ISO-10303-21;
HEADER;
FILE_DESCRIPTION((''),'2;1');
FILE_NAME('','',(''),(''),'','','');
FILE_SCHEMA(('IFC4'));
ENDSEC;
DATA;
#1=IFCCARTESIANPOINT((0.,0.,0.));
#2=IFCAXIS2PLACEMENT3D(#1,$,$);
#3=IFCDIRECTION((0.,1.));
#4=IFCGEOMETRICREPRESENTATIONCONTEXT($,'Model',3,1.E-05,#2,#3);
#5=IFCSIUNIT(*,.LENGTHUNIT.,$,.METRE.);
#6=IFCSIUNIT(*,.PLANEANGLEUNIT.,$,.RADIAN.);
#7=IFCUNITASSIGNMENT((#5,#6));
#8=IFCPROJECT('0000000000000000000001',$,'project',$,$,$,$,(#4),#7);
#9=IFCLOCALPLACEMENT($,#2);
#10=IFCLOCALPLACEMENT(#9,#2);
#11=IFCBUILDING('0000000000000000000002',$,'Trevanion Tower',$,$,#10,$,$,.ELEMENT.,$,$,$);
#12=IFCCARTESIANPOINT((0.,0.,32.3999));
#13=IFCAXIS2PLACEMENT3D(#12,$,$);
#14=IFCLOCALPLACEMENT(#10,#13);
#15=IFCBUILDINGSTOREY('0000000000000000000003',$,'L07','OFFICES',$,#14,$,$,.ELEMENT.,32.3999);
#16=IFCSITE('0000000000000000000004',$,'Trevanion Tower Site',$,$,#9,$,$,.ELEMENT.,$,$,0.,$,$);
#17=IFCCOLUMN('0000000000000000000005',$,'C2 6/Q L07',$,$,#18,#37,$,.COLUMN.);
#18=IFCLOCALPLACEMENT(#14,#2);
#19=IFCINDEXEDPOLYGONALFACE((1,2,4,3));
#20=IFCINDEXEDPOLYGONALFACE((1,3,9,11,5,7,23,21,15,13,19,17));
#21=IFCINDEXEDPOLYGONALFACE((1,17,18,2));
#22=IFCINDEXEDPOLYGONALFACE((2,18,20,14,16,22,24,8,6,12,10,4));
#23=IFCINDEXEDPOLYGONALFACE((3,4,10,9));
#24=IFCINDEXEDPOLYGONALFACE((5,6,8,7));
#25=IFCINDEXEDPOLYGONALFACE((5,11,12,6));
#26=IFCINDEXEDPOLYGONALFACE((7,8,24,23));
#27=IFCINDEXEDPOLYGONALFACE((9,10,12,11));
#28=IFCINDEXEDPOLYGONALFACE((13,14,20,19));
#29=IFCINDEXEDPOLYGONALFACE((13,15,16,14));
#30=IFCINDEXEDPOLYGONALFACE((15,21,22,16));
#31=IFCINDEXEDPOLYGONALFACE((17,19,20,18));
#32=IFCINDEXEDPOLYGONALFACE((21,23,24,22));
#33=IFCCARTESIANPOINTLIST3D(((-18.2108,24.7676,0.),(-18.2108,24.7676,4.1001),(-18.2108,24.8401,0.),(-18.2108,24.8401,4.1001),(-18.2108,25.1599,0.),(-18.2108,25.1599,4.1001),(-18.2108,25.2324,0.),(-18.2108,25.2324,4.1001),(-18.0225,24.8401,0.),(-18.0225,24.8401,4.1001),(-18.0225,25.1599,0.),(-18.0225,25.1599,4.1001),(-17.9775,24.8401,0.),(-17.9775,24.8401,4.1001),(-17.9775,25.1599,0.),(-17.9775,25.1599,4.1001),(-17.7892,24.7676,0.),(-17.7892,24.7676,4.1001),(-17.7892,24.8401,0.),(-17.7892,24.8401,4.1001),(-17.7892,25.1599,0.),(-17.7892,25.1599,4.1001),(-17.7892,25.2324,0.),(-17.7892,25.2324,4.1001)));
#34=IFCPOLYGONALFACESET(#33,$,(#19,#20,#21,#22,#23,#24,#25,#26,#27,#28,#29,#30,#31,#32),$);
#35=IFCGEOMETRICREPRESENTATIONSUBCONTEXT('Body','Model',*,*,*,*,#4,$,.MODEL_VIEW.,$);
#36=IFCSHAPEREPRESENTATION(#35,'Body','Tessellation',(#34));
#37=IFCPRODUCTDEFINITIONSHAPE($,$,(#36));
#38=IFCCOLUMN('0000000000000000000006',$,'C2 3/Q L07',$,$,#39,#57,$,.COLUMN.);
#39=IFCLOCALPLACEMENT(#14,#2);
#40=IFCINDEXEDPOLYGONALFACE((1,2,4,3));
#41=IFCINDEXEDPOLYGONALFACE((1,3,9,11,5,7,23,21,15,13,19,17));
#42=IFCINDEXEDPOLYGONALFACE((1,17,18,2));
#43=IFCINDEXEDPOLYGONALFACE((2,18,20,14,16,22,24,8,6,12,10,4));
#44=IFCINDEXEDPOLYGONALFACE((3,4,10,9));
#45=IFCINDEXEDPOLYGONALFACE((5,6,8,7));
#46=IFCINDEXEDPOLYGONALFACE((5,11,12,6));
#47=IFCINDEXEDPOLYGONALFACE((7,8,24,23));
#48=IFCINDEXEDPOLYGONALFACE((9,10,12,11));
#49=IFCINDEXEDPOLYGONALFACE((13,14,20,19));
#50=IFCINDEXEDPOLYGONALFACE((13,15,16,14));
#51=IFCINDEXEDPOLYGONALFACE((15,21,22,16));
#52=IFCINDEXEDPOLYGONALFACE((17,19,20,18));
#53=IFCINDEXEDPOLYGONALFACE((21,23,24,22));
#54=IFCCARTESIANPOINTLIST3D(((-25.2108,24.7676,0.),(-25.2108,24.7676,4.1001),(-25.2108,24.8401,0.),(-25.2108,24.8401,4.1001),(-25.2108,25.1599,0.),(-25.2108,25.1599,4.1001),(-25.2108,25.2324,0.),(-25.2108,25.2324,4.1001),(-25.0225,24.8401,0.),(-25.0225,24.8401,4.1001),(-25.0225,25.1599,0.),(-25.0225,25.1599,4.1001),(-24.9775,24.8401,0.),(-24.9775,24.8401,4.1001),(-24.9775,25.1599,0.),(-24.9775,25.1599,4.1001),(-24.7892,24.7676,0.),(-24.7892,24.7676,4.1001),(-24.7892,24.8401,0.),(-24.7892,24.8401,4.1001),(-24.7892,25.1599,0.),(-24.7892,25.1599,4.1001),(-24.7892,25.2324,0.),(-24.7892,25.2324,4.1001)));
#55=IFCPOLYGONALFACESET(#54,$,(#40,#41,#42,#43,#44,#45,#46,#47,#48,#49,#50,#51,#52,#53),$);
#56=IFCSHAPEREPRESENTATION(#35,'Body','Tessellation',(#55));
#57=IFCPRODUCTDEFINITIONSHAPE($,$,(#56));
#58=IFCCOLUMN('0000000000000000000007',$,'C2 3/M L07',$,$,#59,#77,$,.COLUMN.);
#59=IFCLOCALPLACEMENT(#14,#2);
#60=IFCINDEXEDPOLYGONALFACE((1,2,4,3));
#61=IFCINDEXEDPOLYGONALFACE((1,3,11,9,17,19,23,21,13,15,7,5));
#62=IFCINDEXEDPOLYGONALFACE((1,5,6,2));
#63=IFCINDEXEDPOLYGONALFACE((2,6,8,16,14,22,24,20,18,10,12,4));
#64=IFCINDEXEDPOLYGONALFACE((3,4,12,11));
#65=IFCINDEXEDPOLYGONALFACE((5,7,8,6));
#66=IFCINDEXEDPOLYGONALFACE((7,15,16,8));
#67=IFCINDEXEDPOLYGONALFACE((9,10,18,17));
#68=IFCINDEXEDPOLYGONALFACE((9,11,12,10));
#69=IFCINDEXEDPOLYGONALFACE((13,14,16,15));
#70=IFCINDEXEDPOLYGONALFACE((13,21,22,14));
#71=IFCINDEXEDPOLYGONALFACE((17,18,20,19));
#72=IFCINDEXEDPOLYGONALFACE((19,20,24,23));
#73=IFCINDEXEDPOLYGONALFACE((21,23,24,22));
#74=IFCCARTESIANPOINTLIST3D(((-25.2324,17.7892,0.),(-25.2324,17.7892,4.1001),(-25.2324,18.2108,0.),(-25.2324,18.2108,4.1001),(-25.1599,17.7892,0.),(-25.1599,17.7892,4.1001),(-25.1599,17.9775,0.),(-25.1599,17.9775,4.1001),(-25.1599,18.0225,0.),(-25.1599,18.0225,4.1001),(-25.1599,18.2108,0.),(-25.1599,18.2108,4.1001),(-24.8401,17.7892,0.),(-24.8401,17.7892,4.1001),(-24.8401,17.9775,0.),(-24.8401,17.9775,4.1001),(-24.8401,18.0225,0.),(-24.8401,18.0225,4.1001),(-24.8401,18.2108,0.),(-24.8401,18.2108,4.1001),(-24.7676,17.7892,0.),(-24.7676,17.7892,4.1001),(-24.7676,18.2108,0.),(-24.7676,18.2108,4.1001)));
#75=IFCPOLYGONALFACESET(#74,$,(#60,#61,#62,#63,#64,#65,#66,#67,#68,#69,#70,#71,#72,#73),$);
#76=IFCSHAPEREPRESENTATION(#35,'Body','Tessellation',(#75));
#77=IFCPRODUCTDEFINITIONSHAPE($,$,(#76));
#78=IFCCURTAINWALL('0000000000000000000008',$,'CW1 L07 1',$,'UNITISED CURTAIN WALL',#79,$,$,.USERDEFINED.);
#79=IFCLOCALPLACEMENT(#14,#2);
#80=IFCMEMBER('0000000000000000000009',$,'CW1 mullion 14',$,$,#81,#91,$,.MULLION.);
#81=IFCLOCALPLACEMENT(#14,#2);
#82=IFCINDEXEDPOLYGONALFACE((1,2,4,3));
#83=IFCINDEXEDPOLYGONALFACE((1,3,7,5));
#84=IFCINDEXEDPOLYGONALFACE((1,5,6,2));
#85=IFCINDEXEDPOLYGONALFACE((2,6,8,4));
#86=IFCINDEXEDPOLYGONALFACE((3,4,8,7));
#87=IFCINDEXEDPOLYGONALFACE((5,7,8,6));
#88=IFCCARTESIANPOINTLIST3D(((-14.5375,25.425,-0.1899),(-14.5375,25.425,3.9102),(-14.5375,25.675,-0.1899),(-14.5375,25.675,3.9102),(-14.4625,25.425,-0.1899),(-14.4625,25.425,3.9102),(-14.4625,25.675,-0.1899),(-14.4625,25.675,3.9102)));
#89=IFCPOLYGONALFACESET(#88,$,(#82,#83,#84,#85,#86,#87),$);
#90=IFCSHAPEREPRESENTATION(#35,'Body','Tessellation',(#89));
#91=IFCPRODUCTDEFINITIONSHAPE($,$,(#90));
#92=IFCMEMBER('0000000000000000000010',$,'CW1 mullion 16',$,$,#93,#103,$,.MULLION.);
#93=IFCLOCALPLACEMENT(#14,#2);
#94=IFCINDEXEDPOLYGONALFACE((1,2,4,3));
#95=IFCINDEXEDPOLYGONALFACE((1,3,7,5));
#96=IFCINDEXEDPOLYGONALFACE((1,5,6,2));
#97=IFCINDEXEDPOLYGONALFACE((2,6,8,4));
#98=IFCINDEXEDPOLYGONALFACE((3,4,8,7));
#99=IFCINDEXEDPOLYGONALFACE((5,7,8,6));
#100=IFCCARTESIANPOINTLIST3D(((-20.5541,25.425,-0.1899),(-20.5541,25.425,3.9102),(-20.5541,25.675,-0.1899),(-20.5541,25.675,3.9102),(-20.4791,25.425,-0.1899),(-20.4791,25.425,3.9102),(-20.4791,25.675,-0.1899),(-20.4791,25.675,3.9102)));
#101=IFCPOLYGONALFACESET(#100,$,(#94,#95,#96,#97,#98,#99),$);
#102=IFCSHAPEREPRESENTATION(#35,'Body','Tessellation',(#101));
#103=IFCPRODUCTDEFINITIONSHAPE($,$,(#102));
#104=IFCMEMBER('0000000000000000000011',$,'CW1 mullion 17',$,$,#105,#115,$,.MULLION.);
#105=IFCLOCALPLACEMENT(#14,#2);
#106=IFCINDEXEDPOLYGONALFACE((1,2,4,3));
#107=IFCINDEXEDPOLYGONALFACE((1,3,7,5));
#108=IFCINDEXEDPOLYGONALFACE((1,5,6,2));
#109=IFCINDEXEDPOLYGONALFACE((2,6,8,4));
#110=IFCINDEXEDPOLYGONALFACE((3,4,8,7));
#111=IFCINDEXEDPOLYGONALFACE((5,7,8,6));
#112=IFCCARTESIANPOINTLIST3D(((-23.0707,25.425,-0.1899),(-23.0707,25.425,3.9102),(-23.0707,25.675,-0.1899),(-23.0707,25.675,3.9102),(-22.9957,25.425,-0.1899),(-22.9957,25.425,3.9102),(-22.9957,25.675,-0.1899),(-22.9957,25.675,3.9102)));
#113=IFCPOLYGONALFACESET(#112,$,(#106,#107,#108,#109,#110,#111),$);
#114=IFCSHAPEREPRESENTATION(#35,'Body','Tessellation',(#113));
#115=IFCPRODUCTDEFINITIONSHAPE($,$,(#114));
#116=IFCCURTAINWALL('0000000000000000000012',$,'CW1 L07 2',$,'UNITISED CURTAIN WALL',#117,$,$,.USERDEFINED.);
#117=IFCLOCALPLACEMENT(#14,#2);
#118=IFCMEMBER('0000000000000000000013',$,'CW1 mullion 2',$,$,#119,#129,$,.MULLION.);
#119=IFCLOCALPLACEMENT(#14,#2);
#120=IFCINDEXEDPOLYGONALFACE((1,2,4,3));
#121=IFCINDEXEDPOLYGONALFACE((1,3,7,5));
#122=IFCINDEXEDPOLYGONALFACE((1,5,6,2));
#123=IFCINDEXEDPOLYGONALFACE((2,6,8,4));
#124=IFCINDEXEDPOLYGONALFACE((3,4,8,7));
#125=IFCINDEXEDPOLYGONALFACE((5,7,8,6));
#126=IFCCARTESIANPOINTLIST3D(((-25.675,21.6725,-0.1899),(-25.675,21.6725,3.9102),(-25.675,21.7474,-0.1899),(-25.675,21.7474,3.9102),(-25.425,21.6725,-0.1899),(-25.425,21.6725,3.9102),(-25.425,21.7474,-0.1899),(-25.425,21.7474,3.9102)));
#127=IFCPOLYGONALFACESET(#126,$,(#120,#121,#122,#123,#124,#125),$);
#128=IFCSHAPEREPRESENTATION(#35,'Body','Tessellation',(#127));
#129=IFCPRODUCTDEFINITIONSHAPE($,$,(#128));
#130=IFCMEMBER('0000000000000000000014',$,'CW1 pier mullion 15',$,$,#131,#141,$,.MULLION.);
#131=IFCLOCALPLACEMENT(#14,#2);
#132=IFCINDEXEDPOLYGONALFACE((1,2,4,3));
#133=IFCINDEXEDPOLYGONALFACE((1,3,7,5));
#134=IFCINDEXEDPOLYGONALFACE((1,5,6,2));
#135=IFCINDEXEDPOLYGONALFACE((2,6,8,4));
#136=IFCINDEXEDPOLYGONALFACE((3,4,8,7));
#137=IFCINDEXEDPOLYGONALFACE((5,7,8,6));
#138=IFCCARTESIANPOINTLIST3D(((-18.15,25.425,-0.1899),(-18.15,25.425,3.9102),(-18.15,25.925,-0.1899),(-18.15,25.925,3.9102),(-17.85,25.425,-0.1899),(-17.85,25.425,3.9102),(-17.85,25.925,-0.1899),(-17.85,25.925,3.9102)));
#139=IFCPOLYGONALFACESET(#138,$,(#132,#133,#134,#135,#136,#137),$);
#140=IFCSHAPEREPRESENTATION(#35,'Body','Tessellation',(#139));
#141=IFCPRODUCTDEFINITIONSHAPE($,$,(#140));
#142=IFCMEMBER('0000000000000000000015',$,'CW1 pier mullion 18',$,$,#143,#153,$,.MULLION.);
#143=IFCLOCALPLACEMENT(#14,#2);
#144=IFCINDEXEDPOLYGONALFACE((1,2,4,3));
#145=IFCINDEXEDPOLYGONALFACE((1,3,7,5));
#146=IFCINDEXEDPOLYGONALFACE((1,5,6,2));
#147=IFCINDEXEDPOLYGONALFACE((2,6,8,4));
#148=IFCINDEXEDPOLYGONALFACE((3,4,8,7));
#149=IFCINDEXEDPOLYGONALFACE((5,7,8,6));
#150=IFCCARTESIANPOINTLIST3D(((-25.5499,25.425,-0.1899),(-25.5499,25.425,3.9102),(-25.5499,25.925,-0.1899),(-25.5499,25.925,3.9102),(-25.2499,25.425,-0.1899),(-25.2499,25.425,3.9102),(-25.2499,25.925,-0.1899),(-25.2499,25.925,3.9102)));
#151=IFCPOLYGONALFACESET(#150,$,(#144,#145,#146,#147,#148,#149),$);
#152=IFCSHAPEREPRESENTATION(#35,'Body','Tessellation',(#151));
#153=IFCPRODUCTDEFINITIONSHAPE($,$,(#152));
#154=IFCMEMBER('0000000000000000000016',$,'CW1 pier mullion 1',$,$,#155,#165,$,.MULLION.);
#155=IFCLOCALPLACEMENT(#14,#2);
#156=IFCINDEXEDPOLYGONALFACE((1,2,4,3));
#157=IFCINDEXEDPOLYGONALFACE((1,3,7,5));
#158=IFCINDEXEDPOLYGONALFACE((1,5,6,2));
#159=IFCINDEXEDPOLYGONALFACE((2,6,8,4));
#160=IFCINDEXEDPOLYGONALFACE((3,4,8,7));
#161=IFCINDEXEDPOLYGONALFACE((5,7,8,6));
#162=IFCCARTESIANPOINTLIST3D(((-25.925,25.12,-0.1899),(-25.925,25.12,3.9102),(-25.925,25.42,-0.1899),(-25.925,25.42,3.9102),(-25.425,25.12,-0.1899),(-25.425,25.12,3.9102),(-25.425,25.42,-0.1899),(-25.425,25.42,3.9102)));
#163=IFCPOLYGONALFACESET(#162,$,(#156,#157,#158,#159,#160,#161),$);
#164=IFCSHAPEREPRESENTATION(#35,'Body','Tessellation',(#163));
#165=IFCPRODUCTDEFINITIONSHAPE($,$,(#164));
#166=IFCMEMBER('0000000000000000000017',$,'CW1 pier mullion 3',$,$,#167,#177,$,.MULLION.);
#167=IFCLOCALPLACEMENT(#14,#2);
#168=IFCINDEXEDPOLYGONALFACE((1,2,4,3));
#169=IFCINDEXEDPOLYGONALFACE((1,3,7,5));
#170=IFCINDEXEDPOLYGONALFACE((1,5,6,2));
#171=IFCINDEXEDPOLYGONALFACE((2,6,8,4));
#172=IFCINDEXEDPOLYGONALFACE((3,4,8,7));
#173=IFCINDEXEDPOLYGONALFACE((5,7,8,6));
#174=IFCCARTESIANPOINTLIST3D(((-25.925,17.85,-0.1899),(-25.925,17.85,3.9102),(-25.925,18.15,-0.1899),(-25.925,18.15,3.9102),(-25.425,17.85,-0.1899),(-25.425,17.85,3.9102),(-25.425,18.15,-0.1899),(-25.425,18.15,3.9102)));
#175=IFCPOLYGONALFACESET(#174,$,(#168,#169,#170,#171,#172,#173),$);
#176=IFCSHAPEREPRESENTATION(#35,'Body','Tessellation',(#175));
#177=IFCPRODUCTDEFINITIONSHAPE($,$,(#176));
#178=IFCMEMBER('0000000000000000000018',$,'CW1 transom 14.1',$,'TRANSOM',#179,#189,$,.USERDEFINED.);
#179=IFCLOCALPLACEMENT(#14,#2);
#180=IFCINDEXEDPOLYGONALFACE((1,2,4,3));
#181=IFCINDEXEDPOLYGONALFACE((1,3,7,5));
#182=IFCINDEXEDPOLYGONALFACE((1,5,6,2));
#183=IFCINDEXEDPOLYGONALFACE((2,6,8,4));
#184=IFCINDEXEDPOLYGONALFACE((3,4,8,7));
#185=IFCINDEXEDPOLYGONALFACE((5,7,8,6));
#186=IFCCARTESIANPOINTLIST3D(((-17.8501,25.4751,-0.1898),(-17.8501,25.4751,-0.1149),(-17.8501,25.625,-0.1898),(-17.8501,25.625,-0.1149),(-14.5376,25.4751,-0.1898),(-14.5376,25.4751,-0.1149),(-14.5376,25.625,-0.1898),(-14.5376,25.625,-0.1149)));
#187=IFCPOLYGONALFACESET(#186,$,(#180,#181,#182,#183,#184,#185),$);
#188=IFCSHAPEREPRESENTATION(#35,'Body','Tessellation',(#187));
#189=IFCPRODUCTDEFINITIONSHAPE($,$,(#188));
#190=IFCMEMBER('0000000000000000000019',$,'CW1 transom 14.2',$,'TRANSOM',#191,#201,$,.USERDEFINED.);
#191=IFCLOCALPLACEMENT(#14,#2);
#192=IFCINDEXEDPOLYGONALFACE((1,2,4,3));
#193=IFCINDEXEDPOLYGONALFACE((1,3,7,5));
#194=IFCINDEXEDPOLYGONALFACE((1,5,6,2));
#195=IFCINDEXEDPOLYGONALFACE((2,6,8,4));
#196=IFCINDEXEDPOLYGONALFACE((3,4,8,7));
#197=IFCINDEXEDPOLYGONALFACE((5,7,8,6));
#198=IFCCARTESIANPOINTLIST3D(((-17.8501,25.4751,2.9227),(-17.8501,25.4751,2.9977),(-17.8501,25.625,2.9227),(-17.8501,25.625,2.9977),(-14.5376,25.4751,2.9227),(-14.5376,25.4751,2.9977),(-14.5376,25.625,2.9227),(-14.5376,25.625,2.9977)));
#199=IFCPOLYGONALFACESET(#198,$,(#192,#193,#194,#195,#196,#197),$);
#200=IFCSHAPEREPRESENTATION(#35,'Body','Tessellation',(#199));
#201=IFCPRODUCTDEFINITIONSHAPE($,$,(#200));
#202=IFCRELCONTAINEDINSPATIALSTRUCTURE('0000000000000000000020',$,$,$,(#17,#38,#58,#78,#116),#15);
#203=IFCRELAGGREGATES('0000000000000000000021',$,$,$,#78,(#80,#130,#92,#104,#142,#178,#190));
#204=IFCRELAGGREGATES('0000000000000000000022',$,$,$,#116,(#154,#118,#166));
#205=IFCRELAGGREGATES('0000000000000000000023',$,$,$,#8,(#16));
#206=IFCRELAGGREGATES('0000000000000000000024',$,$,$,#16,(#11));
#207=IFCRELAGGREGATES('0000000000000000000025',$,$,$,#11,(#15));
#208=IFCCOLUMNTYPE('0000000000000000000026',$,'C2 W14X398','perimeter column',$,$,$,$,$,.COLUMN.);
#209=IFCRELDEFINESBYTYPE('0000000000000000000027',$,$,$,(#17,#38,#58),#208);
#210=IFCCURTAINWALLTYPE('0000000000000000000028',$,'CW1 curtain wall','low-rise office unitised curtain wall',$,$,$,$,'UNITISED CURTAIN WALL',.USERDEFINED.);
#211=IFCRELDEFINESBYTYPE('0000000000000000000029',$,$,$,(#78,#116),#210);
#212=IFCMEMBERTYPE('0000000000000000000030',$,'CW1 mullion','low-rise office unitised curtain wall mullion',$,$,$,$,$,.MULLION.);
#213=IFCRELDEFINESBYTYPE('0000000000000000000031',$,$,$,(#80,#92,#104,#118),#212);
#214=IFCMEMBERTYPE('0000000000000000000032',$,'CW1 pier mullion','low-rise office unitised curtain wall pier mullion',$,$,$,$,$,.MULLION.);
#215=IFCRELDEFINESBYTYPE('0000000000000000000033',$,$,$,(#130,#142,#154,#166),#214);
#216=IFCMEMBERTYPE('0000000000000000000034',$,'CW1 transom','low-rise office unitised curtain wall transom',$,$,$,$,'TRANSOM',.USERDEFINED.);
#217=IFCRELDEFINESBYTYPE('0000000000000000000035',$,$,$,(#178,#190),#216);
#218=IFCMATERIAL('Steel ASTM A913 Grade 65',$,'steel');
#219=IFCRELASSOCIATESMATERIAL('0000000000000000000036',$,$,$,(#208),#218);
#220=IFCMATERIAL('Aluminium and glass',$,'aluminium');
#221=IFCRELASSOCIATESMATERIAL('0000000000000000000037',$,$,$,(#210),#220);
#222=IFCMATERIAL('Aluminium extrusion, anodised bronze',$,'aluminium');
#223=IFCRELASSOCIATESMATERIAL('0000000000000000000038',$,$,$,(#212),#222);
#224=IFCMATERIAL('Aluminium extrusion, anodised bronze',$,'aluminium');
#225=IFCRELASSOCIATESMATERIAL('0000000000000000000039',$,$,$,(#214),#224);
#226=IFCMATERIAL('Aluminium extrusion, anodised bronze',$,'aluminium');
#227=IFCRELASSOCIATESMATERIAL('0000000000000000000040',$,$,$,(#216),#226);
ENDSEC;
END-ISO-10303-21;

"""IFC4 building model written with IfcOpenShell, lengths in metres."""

from ifc_helpers import new_model, si_unit, direction, frame, origin, origin_2d, place, context, subcontext, project, spatial, rectangle, i_section, extrude, material, material_profile, profile_set, type_object, element, aggregate, save


model = new_model("IFC4")

# Units and contexts
model_context = context("Model", 3, precision=1e-05, world=origin(), true_north=direction((0.0, 1.0)))
body_context = subcontext(model_context, "Body", "Model", "MODEL_VIEW")
ifc_project = project(units=[si_unit("LENGTHUNIT", "METRE"), si_unit("PLANEANGLEUNIT", "RADIAN")], contexts=[model_context])

# Site, building, storey
site_placement = place(None, origin())
site = spatial("IfcSite", under=ifc_project, at=site_placement, Name="Trevanion Tower Site", CompositionType="ELEMENT", RefElevation=0.0)
building_placement = place(site_placement, origin())
building = spatial("IfcBuilding", under=site, at=building_placement, Name="Trevanion Tower", CompositionType="ELEMENT")
storey_placement = place(building_placement, frame((0.0, 0.0, 32.3999)))
storey = spatial("IfcBuildingStorey", under=building, at=storey_placement, Name="L07", Description="OFFICES", CompositionType="ELEMENT", Elevation=32.3999)

# Columns
ifc_material_1 = material(Name="Steel ASTM A913 Grade 65", Category="steel")
ifc_material_profile_1 = material_profile(ifc_material_1, i_section(OverallWidth=0.4216, OverallDepth=0.4648, WebThickness=0.0449, FlangeThickness=0.0725, at=origin_2d()), Name="W14X398")
ifc_profile_set_1 = profile_set([ifc_material_profile_1], Name="Steel ASTM A913 Grade 65")
column_type = type_object("IfcColumnType", Name="C2 W14X398", Description="perimeter column", PredefinedType="COLUMN", material=ifc_profile_set_1)
for number, where, z_axis, x_axis, name in (
    (1, (-18.0, 25.0, 0.0), (0.0, 0.0, 1.0), (1.0, 0.0, 0.0), "C2 6/Q L07"),
    (2, (-25.0, 25.0, 0.0), (0.0, 0.0, 1.0), (1.0, 0.0, 0.0), "C2 3/Q L07"),
    (3, (-25.0, 18.0, 0.0), (0.0, 0.0, 1.0), (0.0, 1.0, 0.0), "C2 3/M L07"),
):
    element("IfcColumn", number, at=place(storey_placement, frame(where, z_axis=z_axis, x_axis=x_axis)), inside=storey, type_object=column_type, Name=name, PredefinedType="COLUMN", context=body_context, shape_type="SweptSolid", body=[
        extrude(i_section(OverallWidth=0.4216, OverallDepth=0.4648, WebThickness=0.0449, FlangeThickness=0.0725, at=origin_2d()), origin(), (0.0, 0.0, 1.0), 4.1001),
    ])

# Curtain wall, members
ifc_material_2 = material(Name="Aluminium and glass", Category="aluminium")
curtain_wall_type = type_object("IfcCurtainWallType", Name="CW1 curtain wall", Description="low-rise office unitised curtain wall", ElementType="UNITISED CURTAIN WALL", PredefinedType="USERDEFINED", material=ifc_material_2)
curtain_wall_1_placement = place(storey_placement, origin())
curtain_wall_1 = element("IfcCurtainWall", 4, at=curtain_wall_1_placement, inside=storey, type_object=curtain_wall_type, Name="CW1 L07 1", ObjectType="UNITISED CURTAIN WALL", PredefinedType="USERDEFINED")
ifc_material_3 = material(Name="Aluminium extrusion, anodised bronze", Category="aluminium")
ifc_material_profile_2 = material_profile(ifc_material_3, rectangle(XDim=0.075, YDim=0.25, at=origin_2d()), Name="CW1 mullion")
ifc_profile_set_2 = profile_set([ifc_material_profile_2], Name="Aluminium extrusion, anodised bronze")
member_type_1 = type_object("IfcMemberType", Name="CW1 mullion", Description="low-rise office unitised curtain wall mullion", PredefinedType="MULLION", material=ifc_profile_set_2)
member_1_placement = place(storey_placement, frame((-14.5, 25.55, -0.1899), z_axis=(0.0, 0.0, 1.0), x_axis=(-1.0, 0.0, 0.0)))
member_1 = element("IfcMember", 5, at=member_1_placement, type_object=member_type_1, Name="CW1 mullion 14", PredefinedType="MULLION", context=body_context, shape_type="SweptSolid", body=[
    extrude(rectangle(XDim=0.075, YDim=0.25, at=origin_2d()), origin(), (0.0, 0.0, 1.0), 4.1001),
])
member_2_placement = place(storey_placement, frame((-20.5166, 25.55, -0.1899), z_axis=(0.0, 0.0, 1.0), x_axis=(-1.0, 0.0, 0.0)))
member_2 = element("IfcMember", 6, at=member_2_placement, type_object=member_type_1, Name="CW1 mullion 16", PredefinedType="MULLION", context=body_context, shape_type="SweptSolid", body=[
    extrude(rectangle(XDim=0.075, YDim=0.25, at=origin_2d()), origin(), (0.0, 0.0, 1.0), 4.1001),
])
member_3_placement = place(storey_placement, frame((-23.0332, 25.55, -0.1899), z_axis=(0.0, 0.0, 1.0), x_axis=(-1.0, 0.0, 0.0)))
member_3 = element("IfcMember", 7, at=member_3_placement, type_object=member_type_1, Name="CW1 mullion 17", PredefinedType="MULLION", context=body_context, shape_type="SweptSolid", body=[
    extrude(rectangle(XDim=0.075, YDim=0.25, at=origin_2d()), origin(), (0.0, 0.0, 1.0), 4.1001),
])

# Curtain wall, member
curtain_wall_2_placement = place(storey_placement, origin())
curtain_wall_2 = element("IfcCurtainWall", 8, at=curtain_wall_2_placement, inside=storey, type_object=curtain_wall_type, Name="CW1 L07 2", ObjectType="UNITISED CURTAIN WALL", PredefinedType="USERDEFINED")
member_4_placement = place(storey_placement, frame((-25.55, 21.71, -0.1899), z_axis=(0.0, 0.0, 1.0), x_axis=(0.0, -1.0, 0.0)))
member_4 = element("IfcMember", 9, at=member_4_placement, type_object=member_type_1, Name="CW1 mullion 2", PredefinedType="MULLION", context=body_context, shape_type="SweptSolid", body=[
    extrude(rectangle(XDim=0.075, YDim=0.25, at=origin_2d()), origin(), (0.0, 0.0, 1.0), 4.1001),
])

# Members
ifc_material_4 = material(Name="Aluminium extrusion, anodised bronze", Category="aluminium")
ifc_material_profile_3 = material_profile(ifc_material_4, rectangle(XDim=0.3, YDim=0.5, at=origin_2d()), Name="CW1 pier mullion")
ifc_profile_set_3 = profile_set([ifc_material_profile_3], Name="Aluminium extrusion, anodised bronze")
member_type_2 = type_object("IfcMemberType", Name="CW1 pier mullion", Description="low-rise office unitised curtain wall pier mullion", PredefinedType="MULLION", material=ifc_profile_set_3)
member_5_placement = place(storey_placement, frame((-18.0, 25.675, -0.1899), z_axis=(0.0, 0.0, 1.0), x_axis=(-1.0, 0.0, 0.0)))
member_5 = element("IfcMember", 10, at=member_5_placement, type_object=member_type_2, Name="CW1 pier mullion 15", PredefinedType="MULLION", context=body_context, shape_type="SweptSolid", body=[
    extrude(rectangle(XDim=0.3, YDim=0.5, at=origin_2d()), origin(), (0.0, 0.0, 1.0), 4.1001),
])
member_6_placement = place(storey_placement, frame((-25.3999, 25.675, -0.1899), z_axis=(0.0, 0.0, 1.0), x_axis=(-1.0, 0.0, 0.0)))
member_6 = element("IfcMember", 11, at=member_6_placement, type_object=member_type_2, Name="CW1 pier mullion 18", PredefinedType="MULLION", context=body_context, shape_type="SweptSolid", body=[
    extrude(rectangle(XDim=0.3, YDim=0.5, at=origin_2d()), origin(), (0.0, 0.0, 1.0), 4.1001),
])
member_7_placement = place(storey_placement, frame((-25.675, 25.27, -0.1899), z_axis=(0.0, 0.0, 1.0), x_axis=(0.0, -1.0, 0.0)))
member_7 = element("IfcMember", 12, at=member_7_placement, type_object=member_type_2, Name="CW1 pier mullion 1", PredefinedType="MULLION", context=body_context, shape_type="SweptSolid", body=[
    extrude(rectangle(XDim=0.3, YDim=0.5, at=origin_2d()), origin(), (0.0, 0.0, 1.0), 4.1001),
])
member_8_placement = place(storey_placement, frame((-25.675, 18.0, -0.1899), z_axis=(0.0, 0.0, 1.0), x_axis=(0.0, -1.0, 0.0)))
member_8 = element("IfcMember", 13, at=member_8_placement, type_object=member_type_2, Name="CW1 pier mullion 3", PredefinedType="MULLION", context=body_context, shape_type="SweptSolid", body=[
    extrude(rectangle(XDim=0.3, YDim=0.5, at=origin_2d()), origin(), (0.0, 0.0, 1.0), 4.1001),
])
ifc_material_5 = material(Name="Aluminium extrusion, anodised bronze", Category="aluminium")
ifc_material_profile_4 = material_profile(ifc_material_5, rectangle(XDim=0.1499, YDim=0.075, at=origin_2d()), Name="CW1 transom")
ifc_profile_set_4 = profile_set([ifc_material_profile_4], Name="Aluminium extrusion, anodised bronze")
member_type_3 = type_object("IfcMemberType", Name="CW1 transom", Description="low-rise office unitised curtain wall transom", ElementType="TRANSOM", PredefinedType="USERDEFINED", material=ifc_profile_set_4)
member_9_placement = place(storey_placement, frame((-14.5376, 25.55, -0.1523), z_axis=(-1.0, 0.0, 0.0), x_axis=(0.0, -1.0, 0.0)))
member_9 = element("IfcMember", 14, at=member_9_placement, type_object=member_type_3, Name="CW1 transom 14.1", ObjectType="TRANSOM", PredefinedType="USERDEFINED", context=body_context, shape_type="SweptSolid", body=[
    extrude(rectangle(XDim=0.1499, YDim=0.075, at=origin_2d()), origin(), (0.0, 0.0, 1.0), 3.3125),
])
member_10_placement = place(storey_placement, frame((-14.5376, 25.55, 2.9602), z_axis=(-1.0, 0.0, 0.0), x_axis=(0.0, -1.0, 0.0)))
member_10 = element("IfcMember", 15, at=member_10_placement, type_object=member_type_3, Name="CW1 transom 14.2", ObjectType="TRANSOM", PredefinedType="USERDEFINED", context=body_context, shape_type="SweptSolid", body=[
    extrude(rectangle(XDim=0.1499, YDim=0.075, at=origin_2d()), origin(), (0.0, 0.0, 1.0), 3.3125),
])

aggregate(curtain_wall_1, [member_1, member_5, member_2, member_3, member_6, member_9, member_10])
aggregate(curtain_wall_2, [member_7, member_4, member_8])

save(model, "model.ifc")
